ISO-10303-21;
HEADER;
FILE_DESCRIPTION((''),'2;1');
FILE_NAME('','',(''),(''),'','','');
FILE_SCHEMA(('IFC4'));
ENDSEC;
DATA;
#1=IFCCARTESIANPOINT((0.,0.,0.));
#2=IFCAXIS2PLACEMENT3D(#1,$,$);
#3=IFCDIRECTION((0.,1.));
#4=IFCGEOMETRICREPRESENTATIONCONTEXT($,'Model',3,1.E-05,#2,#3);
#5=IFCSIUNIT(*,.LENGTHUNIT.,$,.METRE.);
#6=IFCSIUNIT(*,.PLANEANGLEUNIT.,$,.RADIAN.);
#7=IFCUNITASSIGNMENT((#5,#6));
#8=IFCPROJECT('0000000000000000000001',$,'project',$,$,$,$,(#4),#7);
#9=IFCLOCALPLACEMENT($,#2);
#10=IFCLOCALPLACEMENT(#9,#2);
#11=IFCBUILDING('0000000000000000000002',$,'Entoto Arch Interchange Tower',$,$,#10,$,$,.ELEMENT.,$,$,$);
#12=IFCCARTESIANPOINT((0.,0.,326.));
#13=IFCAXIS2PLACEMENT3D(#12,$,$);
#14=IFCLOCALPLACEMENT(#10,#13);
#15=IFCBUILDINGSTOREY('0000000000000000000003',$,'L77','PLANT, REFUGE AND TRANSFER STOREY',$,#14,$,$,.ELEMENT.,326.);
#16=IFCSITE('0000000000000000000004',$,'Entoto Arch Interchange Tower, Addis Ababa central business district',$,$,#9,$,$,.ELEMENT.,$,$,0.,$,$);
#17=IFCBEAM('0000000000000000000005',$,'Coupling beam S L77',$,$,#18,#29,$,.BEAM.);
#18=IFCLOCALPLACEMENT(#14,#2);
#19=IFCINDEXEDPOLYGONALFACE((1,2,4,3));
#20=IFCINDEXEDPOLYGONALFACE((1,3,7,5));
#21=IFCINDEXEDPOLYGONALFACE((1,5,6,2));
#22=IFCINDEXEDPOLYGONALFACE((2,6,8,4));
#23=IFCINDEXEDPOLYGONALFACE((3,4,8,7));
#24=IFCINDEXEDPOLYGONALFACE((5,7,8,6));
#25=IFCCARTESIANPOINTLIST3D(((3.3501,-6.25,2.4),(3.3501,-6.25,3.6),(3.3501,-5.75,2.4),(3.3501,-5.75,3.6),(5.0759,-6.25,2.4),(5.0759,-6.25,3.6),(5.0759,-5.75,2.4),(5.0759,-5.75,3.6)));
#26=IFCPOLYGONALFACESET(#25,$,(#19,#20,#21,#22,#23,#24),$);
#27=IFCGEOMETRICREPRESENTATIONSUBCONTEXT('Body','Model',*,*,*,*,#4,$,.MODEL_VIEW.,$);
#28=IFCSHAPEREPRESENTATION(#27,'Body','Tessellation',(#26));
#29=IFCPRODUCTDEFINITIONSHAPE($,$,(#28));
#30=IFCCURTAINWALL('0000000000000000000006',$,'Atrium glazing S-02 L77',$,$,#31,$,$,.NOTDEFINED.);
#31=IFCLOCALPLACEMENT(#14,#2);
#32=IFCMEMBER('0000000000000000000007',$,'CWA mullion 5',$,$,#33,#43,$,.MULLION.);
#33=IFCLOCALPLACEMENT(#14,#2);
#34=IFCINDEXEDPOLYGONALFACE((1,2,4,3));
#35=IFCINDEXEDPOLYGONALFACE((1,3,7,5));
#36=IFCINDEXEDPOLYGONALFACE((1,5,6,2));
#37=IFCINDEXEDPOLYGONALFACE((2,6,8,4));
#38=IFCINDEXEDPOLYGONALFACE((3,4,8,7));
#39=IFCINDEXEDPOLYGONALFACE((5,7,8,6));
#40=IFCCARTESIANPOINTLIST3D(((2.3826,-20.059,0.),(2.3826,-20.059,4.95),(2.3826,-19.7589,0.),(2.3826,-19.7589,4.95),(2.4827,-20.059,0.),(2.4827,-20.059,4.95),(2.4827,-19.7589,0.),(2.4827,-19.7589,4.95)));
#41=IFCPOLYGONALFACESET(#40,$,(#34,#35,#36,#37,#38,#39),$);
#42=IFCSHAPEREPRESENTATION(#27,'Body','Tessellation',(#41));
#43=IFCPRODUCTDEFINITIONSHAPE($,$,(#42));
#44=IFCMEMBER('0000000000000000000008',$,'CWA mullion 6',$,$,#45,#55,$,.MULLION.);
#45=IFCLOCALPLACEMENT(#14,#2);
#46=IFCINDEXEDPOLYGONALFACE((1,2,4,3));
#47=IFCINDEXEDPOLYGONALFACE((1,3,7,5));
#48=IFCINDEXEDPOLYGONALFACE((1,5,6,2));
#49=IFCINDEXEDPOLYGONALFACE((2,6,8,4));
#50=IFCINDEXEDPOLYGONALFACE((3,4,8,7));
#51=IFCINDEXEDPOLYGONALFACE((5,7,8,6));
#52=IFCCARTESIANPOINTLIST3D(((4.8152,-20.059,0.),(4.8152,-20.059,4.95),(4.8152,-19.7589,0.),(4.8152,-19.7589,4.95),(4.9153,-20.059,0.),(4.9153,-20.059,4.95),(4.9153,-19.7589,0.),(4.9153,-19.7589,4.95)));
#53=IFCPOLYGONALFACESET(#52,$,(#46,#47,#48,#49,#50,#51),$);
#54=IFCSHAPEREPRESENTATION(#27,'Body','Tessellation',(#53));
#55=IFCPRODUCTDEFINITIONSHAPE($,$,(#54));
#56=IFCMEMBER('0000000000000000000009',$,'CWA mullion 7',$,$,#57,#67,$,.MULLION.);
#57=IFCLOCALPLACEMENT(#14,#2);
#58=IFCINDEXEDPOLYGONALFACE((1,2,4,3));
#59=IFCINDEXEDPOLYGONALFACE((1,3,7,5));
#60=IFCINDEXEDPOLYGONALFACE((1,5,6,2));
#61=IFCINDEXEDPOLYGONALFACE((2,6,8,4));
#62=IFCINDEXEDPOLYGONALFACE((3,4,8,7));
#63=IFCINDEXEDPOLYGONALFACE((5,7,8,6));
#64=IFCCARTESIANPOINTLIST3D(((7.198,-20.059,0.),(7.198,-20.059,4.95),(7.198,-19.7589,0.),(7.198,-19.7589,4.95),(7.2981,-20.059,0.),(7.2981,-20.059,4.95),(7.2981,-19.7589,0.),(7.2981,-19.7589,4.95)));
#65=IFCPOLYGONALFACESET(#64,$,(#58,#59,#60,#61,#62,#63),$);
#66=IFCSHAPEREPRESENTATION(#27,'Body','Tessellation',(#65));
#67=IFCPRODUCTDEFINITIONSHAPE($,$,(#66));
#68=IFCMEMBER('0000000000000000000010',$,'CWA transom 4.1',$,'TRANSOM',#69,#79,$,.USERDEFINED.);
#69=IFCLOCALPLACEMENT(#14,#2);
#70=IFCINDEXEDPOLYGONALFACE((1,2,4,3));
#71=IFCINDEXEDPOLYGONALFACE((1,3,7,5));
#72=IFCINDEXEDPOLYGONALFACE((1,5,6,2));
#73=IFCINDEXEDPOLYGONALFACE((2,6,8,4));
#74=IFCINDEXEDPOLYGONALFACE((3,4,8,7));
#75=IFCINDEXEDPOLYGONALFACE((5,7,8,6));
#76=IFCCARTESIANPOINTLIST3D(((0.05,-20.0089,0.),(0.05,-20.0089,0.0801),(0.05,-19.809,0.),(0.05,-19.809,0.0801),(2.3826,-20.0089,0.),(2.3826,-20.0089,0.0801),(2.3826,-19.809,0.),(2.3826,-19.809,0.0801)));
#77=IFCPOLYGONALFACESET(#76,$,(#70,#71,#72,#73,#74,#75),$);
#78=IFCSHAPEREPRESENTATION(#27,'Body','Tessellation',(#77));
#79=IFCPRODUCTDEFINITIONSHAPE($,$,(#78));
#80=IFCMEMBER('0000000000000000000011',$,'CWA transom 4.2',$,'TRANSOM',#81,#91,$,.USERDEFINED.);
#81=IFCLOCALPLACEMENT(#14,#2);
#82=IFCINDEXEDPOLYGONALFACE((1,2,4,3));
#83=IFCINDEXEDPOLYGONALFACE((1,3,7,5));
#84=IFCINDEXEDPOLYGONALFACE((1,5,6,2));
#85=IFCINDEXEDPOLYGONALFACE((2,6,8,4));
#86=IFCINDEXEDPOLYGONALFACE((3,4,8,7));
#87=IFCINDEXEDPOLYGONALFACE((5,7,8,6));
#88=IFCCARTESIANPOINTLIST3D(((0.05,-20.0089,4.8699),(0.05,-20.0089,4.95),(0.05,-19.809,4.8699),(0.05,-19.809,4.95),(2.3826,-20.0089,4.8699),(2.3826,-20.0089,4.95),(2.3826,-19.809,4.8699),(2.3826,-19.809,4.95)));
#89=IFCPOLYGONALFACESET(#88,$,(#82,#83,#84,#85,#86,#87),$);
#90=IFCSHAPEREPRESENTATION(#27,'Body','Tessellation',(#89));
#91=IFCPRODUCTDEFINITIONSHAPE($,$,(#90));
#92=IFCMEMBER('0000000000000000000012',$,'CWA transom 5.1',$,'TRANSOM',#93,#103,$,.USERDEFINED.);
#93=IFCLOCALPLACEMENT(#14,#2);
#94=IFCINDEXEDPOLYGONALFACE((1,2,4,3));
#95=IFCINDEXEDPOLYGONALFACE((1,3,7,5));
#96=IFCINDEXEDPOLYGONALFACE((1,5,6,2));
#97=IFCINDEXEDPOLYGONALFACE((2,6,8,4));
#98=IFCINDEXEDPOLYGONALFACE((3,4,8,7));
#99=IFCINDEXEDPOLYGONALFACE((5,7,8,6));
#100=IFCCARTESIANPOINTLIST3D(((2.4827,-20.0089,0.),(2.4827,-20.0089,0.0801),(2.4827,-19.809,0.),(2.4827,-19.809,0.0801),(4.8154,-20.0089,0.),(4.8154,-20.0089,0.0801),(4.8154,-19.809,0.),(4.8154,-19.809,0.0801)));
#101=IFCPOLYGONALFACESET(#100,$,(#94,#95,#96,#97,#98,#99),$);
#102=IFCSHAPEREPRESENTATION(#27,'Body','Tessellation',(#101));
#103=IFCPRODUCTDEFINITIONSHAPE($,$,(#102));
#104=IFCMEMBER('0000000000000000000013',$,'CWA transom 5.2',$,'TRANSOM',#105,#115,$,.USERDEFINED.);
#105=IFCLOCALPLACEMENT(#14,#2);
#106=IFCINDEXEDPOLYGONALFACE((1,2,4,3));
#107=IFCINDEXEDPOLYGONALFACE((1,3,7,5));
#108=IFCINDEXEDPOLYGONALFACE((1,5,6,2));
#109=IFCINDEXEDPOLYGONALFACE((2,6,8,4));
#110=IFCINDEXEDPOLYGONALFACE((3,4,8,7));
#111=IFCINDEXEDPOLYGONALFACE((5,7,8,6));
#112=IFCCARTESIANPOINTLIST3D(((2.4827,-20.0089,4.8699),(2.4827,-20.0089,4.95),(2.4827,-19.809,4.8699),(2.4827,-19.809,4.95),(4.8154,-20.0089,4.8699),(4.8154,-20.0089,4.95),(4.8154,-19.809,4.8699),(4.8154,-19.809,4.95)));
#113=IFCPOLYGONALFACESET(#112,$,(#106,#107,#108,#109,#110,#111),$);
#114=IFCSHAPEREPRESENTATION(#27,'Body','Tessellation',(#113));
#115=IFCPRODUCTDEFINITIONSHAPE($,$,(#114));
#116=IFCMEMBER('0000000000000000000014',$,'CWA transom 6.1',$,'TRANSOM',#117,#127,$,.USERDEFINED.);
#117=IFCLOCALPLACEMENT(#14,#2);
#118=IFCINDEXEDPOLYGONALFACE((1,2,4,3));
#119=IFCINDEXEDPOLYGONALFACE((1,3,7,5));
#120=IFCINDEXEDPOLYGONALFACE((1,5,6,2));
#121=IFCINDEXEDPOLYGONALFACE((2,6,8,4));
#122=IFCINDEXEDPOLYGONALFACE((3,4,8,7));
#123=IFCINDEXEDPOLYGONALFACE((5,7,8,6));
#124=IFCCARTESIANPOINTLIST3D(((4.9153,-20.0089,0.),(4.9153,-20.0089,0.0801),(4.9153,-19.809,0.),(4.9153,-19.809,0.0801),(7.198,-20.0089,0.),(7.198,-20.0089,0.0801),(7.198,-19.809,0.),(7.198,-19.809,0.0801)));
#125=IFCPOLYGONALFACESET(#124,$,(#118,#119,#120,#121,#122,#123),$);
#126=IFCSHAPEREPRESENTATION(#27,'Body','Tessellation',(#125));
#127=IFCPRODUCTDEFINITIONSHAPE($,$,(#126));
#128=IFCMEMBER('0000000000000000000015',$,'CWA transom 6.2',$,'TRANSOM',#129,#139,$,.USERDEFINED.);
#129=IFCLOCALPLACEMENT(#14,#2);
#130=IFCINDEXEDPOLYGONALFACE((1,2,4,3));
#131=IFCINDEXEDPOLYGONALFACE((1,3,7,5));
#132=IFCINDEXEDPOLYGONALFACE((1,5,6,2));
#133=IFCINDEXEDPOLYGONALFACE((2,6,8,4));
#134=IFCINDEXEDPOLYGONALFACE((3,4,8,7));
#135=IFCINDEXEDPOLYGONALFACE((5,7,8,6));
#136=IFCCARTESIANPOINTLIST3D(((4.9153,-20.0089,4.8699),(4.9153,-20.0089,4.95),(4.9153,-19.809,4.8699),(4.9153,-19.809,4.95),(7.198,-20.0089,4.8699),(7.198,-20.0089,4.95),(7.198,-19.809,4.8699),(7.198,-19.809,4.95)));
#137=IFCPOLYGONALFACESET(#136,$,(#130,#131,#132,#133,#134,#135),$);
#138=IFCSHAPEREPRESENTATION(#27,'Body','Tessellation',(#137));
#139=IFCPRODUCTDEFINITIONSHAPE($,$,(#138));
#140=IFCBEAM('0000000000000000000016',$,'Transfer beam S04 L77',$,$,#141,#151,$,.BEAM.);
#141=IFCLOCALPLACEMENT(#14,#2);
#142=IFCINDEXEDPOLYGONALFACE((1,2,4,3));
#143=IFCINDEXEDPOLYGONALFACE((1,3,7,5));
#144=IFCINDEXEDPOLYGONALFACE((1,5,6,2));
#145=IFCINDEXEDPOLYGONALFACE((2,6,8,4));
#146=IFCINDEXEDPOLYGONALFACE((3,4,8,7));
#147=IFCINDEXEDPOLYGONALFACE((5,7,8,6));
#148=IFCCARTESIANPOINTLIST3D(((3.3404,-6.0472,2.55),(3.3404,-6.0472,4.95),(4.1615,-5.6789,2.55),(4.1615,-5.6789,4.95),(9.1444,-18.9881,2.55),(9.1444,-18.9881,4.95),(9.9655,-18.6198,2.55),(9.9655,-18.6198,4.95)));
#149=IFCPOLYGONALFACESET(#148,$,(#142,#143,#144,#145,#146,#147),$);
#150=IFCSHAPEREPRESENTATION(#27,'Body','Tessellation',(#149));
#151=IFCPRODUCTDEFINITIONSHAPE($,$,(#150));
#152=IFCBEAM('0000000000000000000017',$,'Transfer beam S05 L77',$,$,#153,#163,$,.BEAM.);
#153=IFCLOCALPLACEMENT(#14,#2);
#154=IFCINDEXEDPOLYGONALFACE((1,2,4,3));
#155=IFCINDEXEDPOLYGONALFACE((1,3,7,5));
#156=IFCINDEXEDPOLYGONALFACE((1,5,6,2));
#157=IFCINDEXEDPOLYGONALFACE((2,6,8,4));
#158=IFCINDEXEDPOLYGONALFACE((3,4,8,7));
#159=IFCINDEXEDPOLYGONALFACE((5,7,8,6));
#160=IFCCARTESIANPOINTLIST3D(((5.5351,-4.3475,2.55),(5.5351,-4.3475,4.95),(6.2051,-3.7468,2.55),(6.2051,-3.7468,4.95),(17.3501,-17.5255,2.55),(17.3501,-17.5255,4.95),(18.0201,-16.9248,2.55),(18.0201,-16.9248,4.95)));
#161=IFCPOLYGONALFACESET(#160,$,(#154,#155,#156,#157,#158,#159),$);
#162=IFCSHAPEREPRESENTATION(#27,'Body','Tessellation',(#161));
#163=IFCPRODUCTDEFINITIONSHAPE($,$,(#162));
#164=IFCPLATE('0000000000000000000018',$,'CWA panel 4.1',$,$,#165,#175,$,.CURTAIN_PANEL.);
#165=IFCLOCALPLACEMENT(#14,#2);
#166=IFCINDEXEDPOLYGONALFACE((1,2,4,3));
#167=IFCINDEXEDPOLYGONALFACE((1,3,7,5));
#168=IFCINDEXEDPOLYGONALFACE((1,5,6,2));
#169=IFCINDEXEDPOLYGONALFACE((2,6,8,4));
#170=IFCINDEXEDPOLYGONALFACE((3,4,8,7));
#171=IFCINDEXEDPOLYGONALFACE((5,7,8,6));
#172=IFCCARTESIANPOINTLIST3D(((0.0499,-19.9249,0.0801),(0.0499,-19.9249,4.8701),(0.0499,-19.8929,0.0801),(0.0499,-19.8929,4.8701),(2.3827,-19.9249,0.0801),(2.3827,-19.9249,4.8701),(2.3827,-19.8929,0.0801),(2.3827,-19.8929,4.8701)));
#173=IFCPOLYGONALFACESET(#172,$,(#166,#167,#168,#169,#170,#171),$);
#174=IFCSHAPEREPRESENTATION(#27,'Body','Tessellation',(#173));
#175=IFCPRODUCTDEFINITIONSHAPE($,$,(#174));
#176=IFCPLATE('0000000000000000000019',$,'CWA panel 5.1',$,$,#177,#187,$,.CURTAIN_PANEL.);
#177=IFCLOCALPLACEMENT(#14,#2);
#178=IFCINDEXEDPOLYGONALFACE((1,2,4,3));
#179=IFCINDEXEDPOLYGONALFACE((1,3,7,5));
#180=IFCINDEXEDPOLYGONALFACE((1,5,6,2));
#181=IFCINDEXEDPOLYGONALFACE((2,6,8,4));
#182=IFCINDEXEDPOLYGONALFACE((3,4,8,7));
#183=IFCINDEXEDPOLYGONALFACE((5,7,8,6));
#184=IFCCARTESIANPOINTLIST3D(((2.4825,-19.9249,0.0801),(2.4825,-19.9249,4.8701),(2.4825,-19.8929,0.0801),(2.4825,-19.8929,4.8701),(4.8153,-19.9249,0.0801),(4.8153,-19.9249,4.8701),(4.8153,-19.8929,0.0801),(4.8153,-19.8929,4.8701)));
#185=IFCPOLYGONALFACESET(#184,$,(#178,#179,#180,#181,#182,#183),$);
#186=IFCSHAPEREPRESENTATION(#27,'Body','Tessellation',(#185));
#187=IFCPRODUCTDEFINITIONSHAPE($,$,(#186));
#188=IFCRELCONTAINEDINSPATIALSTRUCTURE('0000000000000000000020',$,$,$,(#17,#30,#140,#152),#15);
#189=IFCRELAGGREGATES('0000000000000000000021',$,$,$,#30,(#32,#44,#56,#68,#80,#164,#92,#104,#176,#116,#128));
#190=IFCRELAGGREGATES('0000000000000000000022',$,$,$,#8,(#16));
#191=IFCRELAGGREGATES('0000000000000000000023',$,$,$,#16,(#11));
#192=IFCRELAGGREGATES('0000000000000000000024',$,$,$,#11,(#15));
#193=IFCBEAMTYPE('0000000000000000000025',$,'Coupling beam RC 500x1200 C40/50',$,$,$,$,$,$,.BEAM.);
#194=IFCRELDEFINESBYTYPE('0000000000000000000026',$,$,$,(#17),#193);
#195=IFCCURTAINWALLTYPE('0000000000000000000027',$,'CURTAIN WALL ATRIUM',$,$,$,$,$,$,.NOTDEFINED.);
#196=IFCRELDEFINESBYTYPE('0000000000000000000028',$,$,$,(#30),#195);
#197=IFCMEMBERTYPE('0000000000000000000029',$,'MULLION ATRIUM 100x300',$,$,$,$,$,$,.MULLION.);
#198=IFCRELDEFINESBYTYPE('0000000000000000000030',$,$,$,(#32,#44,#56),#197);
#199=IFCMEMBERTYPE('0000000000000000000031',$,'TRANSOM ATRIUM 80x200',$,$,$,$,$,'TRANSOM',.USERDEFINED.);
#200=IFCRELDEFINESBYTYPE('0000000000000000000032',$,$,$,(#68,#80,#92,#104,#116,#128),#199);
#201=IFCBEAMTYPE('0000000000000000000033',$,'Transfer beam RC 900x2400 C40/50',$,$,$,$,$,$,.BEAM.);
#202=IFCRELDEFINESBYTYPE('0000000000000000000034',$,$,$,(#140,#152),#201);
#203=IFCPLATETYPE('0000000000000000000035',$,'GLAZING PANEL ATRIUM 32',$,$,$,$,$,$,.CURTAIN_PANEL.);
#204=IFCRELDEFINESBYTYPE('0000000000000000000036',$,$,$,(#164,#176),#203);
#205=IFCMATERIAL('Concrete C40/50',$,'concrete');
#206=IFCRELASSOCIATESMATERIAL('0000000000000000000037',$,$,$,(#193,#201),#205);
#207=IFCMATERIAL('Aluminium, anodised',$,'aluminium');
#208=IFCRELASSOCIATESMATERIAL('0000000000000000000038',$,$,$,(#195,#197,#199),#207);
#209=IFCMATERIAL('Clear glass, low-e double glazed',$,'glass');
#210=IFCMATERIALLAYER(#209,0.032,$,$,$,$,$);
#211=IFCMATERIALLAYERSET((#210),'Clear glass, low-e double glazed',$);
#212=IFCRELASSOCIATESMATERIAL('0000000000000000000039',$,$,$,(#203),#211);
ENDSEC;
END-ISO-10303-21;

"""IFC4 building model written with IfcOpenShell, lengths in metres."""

from ifc_helpers import new_model, si_unit, direction, frame, origin, origin_2d, place, context, subcontext, project, spatial, rectangle, extrude, material, layer, layer_set, material_profile, profile_set, type_object, element, aggregate, save


model = new_model("IFC4")

# Units and contexts
model_context = context("Model", 3, precision=1e-05, world=origin(), true_north=direction((0.0, 1.0)))
body_context = subcontext(model_context, "Body", "Model", "MODEL_VIEW")
ifc_project = project(units=[si_unit("LENGTHUNIT", "METRE"), si_unit("PLANEANGLEUNIT", "RADIAN")], contexts=[model_context])

# Site, building, storey
site_placement = place(None, origin())
site = spatial("IfcSite", under=ifc_project, at=site_placement, Name="Entoto Arch Interchange Tower, Addis Ababa central business district", CompositionType="ELEMENT", RefElevation=0.0)
building_placement = place(site_placement, origin())
building = spatial("IfcBuilding", under=site, at=building_placement, Name="Entoto Arch Interchange Tower", CompositionType="ELEMENT")
storey_placement = place(building_placement, frame((0.0, 0.0, 326.0)))
storey = spatial("IfcBuildingStorey", under=building, at=storey_placement, Name="L77", Description="PLANT, REFUGE AND TRANSFER STOREY", CompositionType="ELEMENT", Elevation=326.0)

# Beam
ifc_material_1 = material(Name="Concrete C40/50", Category="concrete")
ifc_material_profile_1 = material_profile(ifc_material_1, rectangle(XDim=0.5, YDim=1.2, at=origin_2d()))
ifc_profile_set_1 = profile_set([ifc_material_profile_1], Name="Concrete C40/50")
beam_type_1 = type_object("IfcBeamType", Name="Coupling beam RC 500x1200 C40/50", PredefinedType="BEAM", material=ifc_profile_set_1)
beam_1_placement = place(storey_placement, frame((3.3501, -6.0, 3.0), z_axis=(1.0, 0.0, 0.0), x_axis=(0.0, 1.0, 0.0)))
element("IfcBeam", 1, at=beam_1_placement, inside=storey, type_object=beam_type_1, Name="Coupling beam S L77", PredefinedType="BEAM", context=body_context, shape_type="SweptSolid", body=[
    extrude(rectangle(XDim=0.5, YDim=1.2, at=origin_2d()), origin(), (0.0, 0.0, 1.0), 1.7258),
])

# Curtain wall, members
ifc_material_2 = material(Name="Aluminium, anodised", Category="aluminium")
curtain_wall_type = type_object("IfcCurtainWallType", Name="CURTAIN WALL ATRIUM", PredefinedType="NOTDEFINED", material=ifc_material_2)
curtain_wall_placement = place(storey_placement, origin())
curtain_wall = element("IfcCurtainWall", 2, at=curtain_wall_placement, inside=storey, type_object=curtain_wall_type, Name="Atrium glazing S-02 L77", PredefinedType="NOTDEFINED")
ifc_material_profile_2 = material_profile(ifc_material_2, rectangle(XDim=0.3, YDim=0.1001, at=origin_2d()))
ifc_profile_set_2 = profile_set([ifc_material_profile_2], Name="Aluminium, anodised")
member_type_1 = type_object("IfcMemberType", Name="MULLION ATRIUM 100x300", PredefinedType="MULLION", material=ifc_profile_set_2)
member_1_placement = place(storey_placement, frame((2.4326, -19.9089, 0.0), z_axis=(0.0, 0.0, 1.0), x_axis=(0.0, 1.0, 0.0)))
member_1 = element("IfcMember", 3, at=member_1_placement, type_object=member_type_1, Name="CWA mullion 5", PredefinedType="MULLION", context=body_context, shape_type="SweptSolid", body=[
    extrude(rectangle(XDim=0.3, YDim=0.1001, at=origin_2d()), origin(), (0.0, 0.0, 1.0), 4.95),
])
member_2_placement = place(storey_placement, frame((4.8652, -19.9089, 0.0), z_axis=(0.0, 0.0, 1.0), x_axis=(0.0, 1.0, 0.0)))
member_2 = element("IfcMember", 4, at=member_2_placement, type_object=member_type_1, Name="CWA mullion 6", PredefinedType="MULLION", context=body_context, shape_type="SweptSolid", body=[
    extrude(rectangle(XDim=0.3, YDim=0.1001, at=origin_2d()), origin(), (0.0, 0.0, 1.0), 4.95),
])
member_3_placement = place(storey_placement, frame((7.248, -19.9089, 0.0), z_axis=(0.0, 0.0, 1.0), x_axis=(0.0, 1.0, 0.0)))
member_3 = element("IfcMember", 5, at=member_3_placement, type_object=member_type_1, Name="CWA mullion 7", PredefinedType="MULLION", context=body_context, shape_type="SweptSolid", body=[
    extrude(rectangle(XDim=0.3, YDim=0.1001, at=origin_2d()), origin(), (0.0, 0.0, 1.0), 4.95),
])
ifc_material_profile_3 = material_profile(ifc_material_2, rectangle(XDim=0.2, YDim=0.0801, at=origin_2d()))
ifc_profile_set_3 = profile_set([ifc_material_profile_3], Name="Aluminium, anodised")
member_type_2 = type_object("IfcMemberType", Name="TRANSOM ATRIUM 80x200", ElementType="TRANSOM", PredefinedType="USERDEFINED", material=ifc_profile_set_3)
member_4_placement = place(storey_placement, frame((0.05, -19.9089, 0.04), z_axis=(1.0, 0.0, 0.0), x_axis=(0.0, 1.0, 0.0)))
member_4 = element("IfcMember", 6, at=member_4_placement, type_object=member_type_2, Name="CWA transom 4.1", ObjectType="TRANSOM", PredefinedType="USERDEFINED", context=body_context, shape_type="SweptSolid", body=[
    extrude(rectangle(XDim=0.2, YDim=0.0801, at=origin_2d()), origin(), (0.0, 0.0, 1.0), 2.3325),
])
member_5_placement = place(storey_placement, frame((0.05, -19.9089, 4.9099), z_axis=(1.0, 0.0, 0.0), x_axis=(0.0, 1.0, 0.0)))
member_5 = element("IfcMember", 7, at=member_5_placement, type_object=member_type_2, Name="CWA transom 4.2", ObjectType="TRANSOM", PredefinedType="USERDEFINED", context=body_context, shape_type="SweptSolid", body=[
    extrude(rectangle(XDim=0.2, YDim=0.0801, at=origin_2d()), origin(), (0.0, 0.0, 1.0), 2.3325),
])
member_6_placement = place(storey_placement, frame((2.4827, -19.9089, 0.04), z_axis=(1.0, 0.0, 0.0), x_axis=(0.0, 1.0, 0.0)))
member_6 = element("IfcMember", 8, at=member_6_placement, type_object=member_type_2, Name="CWA transom 5.1", ObjectType="TRANSOM", PredefinedType="USERDEFINED", context=body_context, shape_type="SweptSolid", body=[
    extrude(rectangle(XDim=0.2, YDim=0.0801, at=origin_2d()), origin(), (0.0, 0.0, 1.0), 2.3328),
])
member_7_placement = place(storey_placement, frame((2.4827, -19.9089, 4.9099), z_axis=(1.0, 0.0, 0.0), x_axis=(0.0, 1.0, 0.0)))
member_7 = element("IfcMember", 9, at=member_7_placement, type_object=member_type_2, Name="CWA transom 5.2", ObjectType="TRANSOM", PredefinedType="USERDEFINED", context=body_context, shape_type="SweptSolid", body=[
    extrude(rectangle(XDim=0.2, YDim=0.0801, at=origin_2d()), origin(), (0.0, 0.0, 1.0), 2.3328),
])
member_8_placement = place(storey_placement, frame((4.9153, -19.9089, 0.04), z_axis=(1.0, 0.0, 0.0), x_axis=(0.0, 1.0, 0.0)))
member_8 = element("IfcMember", 10, at=member_8_placement, type_object=member_type_2, Name="CWA transom 6.1", ObjectType="TRANSOM", PredefinedType="USERDEFINED", context=body_context, shape_type="SweptSolid", body=[
    extrude(rectangle(XDim=0.2, YDim=0.0801, at=origin_2d()), origin(), (0.0, 0.0, 1.0), 2.2827),
])
member_9_placement = place(storey_placement, frame((4.9153, -19.9089, 4.9099), z_axis=(1.0, 0.0, 0.0), x_axis=(0.0, 1.0, 0.0)))
member_9 = element("IfcMember", 11, at=member_9_placement, type_object=member_type_2, Name="CWA transom 6.2", ObjectType="TRANSOM", PredefinedType="USERDEFINED", context=body_context, shape_type="SweptSolid", body=[
    extrude(rectangle(XDim=0.2, YDim=0.0801, at=origin_2d()), origin(), (0.0, 0.0, 1.0), 2.2827),
])

# Beams
ifc_material_profile_4 = material_profile(ifc_material_1, rectangle(XDim=0.8999, YDim=2.3999, at=origin_2d()))
ifc_profile_set_4 = profile_set([ifc_material_profile_4], Name="Concrete C40/50")
beam_type_2 = type_object("IfcBeamType", Name="Transfer beam RC 900x2400 C40/50", PredefinedType="BEAM", material=ifc_profile_set_4)
beam_2_placement = place(storey_placement, frame((3.751, -5.863, 3.75), z_axis=(0.409223, -0.912434, 0.0), x_axis=(0.912434, 0.409223, 0.0)))
element("IfcBeam", 12, at=beam_2_placement, inside=storey, type_object=beam_type_2, Name="Transfer beam S04 L77", PredefinedType="BEAM", context=body_context, shape_type="SweptSolid", body=[
    extrude(rectangle(XDim=0.8999, YDim=2.3999, at=origin_2d()), origin(), (0.0, 0.0, 1.0), 14.1829),
])
beam_3_placement = place(storey_placement, frame((5.8701, -4.0471, 3.75), z_axis=(0.667551, -0.744564, 0.0), x_axis=(0.744564, 0.667551, 0.0)))
element("IfcBeam", 13, at=beam_3_placement, inside=storey, type_object=beam_type_2, Name="Transfer beam S05 L77", PredefinedType="BEAM", context=body_context, shape_type="SweptSolid", body=[
    extrude(rectangle(XDim=0.8999, YDim=2.3999, at=origin_2d()), origin(), (0.0, 0.0, 1.0), 17.699),
])

# Plates
ifc_material_3 = material(Name="Clear glass, low-e double glazed", Category="glass")
ifc_layer_1 = layer(ifc_material_3, 0.032)
ifc_layer_set_1 = layer_set([ifc_layer_1], Name="Clear glass, low-e double glazed")
plate_type = type_object("IfcPlateType", Name="GLAZING PANEL ATRIUM 32", PredefinedType="CURTAIN_PANEL", material=ifc_layer_set_1)
plate_1_placement = place(storey_placement, frame((1.2163, -19.9089, 0.0801), z_axis=(0.0, 0.0, 1.0), x_axis=(1.0, 0.0, 0.0)))
plate_1 = element("IfcPlate", 14, at=plate_1_placement, type_object=plate_type, Name="CWA panel 4.1", PredefinedType="CURTAIN_PANEL", context=body_context, shape_type="SweptSolid", body=[
    extrude(rectangle(XDim=2.3328, YDim=0.032, at=origin_2d()), origin(), (0.0, 0.0, 1.0), 4.79),
])
plate_2_placement = place(storey_placement, frame((3.6489, -19.9089, 0.0801), z_axis=(0.0, 0.0, 1.0), x_axis=(1.0, 0.0, 0.0)))
plate_2 = element("IfcPlate", 15, at=plate_2_placement, type_object=plate_type, Name="CWA panel 5.1", PredefinedType="CURTAIN_PANEL", context=body_context, shape_type="SweptSolid", body=[
    extrude(rectangle(XDim=2.3328, YDim=0.032, at=origin_2d()), origin(), (0.0, 0.0, 1.0), 4.79),
])
aggregate(curtain_wall, [member_1, member_2, member_3, member_4, member_5, plate_1, member_6, member_7, plate_2, member_8, member_9])

save(model, "model.ifc")
